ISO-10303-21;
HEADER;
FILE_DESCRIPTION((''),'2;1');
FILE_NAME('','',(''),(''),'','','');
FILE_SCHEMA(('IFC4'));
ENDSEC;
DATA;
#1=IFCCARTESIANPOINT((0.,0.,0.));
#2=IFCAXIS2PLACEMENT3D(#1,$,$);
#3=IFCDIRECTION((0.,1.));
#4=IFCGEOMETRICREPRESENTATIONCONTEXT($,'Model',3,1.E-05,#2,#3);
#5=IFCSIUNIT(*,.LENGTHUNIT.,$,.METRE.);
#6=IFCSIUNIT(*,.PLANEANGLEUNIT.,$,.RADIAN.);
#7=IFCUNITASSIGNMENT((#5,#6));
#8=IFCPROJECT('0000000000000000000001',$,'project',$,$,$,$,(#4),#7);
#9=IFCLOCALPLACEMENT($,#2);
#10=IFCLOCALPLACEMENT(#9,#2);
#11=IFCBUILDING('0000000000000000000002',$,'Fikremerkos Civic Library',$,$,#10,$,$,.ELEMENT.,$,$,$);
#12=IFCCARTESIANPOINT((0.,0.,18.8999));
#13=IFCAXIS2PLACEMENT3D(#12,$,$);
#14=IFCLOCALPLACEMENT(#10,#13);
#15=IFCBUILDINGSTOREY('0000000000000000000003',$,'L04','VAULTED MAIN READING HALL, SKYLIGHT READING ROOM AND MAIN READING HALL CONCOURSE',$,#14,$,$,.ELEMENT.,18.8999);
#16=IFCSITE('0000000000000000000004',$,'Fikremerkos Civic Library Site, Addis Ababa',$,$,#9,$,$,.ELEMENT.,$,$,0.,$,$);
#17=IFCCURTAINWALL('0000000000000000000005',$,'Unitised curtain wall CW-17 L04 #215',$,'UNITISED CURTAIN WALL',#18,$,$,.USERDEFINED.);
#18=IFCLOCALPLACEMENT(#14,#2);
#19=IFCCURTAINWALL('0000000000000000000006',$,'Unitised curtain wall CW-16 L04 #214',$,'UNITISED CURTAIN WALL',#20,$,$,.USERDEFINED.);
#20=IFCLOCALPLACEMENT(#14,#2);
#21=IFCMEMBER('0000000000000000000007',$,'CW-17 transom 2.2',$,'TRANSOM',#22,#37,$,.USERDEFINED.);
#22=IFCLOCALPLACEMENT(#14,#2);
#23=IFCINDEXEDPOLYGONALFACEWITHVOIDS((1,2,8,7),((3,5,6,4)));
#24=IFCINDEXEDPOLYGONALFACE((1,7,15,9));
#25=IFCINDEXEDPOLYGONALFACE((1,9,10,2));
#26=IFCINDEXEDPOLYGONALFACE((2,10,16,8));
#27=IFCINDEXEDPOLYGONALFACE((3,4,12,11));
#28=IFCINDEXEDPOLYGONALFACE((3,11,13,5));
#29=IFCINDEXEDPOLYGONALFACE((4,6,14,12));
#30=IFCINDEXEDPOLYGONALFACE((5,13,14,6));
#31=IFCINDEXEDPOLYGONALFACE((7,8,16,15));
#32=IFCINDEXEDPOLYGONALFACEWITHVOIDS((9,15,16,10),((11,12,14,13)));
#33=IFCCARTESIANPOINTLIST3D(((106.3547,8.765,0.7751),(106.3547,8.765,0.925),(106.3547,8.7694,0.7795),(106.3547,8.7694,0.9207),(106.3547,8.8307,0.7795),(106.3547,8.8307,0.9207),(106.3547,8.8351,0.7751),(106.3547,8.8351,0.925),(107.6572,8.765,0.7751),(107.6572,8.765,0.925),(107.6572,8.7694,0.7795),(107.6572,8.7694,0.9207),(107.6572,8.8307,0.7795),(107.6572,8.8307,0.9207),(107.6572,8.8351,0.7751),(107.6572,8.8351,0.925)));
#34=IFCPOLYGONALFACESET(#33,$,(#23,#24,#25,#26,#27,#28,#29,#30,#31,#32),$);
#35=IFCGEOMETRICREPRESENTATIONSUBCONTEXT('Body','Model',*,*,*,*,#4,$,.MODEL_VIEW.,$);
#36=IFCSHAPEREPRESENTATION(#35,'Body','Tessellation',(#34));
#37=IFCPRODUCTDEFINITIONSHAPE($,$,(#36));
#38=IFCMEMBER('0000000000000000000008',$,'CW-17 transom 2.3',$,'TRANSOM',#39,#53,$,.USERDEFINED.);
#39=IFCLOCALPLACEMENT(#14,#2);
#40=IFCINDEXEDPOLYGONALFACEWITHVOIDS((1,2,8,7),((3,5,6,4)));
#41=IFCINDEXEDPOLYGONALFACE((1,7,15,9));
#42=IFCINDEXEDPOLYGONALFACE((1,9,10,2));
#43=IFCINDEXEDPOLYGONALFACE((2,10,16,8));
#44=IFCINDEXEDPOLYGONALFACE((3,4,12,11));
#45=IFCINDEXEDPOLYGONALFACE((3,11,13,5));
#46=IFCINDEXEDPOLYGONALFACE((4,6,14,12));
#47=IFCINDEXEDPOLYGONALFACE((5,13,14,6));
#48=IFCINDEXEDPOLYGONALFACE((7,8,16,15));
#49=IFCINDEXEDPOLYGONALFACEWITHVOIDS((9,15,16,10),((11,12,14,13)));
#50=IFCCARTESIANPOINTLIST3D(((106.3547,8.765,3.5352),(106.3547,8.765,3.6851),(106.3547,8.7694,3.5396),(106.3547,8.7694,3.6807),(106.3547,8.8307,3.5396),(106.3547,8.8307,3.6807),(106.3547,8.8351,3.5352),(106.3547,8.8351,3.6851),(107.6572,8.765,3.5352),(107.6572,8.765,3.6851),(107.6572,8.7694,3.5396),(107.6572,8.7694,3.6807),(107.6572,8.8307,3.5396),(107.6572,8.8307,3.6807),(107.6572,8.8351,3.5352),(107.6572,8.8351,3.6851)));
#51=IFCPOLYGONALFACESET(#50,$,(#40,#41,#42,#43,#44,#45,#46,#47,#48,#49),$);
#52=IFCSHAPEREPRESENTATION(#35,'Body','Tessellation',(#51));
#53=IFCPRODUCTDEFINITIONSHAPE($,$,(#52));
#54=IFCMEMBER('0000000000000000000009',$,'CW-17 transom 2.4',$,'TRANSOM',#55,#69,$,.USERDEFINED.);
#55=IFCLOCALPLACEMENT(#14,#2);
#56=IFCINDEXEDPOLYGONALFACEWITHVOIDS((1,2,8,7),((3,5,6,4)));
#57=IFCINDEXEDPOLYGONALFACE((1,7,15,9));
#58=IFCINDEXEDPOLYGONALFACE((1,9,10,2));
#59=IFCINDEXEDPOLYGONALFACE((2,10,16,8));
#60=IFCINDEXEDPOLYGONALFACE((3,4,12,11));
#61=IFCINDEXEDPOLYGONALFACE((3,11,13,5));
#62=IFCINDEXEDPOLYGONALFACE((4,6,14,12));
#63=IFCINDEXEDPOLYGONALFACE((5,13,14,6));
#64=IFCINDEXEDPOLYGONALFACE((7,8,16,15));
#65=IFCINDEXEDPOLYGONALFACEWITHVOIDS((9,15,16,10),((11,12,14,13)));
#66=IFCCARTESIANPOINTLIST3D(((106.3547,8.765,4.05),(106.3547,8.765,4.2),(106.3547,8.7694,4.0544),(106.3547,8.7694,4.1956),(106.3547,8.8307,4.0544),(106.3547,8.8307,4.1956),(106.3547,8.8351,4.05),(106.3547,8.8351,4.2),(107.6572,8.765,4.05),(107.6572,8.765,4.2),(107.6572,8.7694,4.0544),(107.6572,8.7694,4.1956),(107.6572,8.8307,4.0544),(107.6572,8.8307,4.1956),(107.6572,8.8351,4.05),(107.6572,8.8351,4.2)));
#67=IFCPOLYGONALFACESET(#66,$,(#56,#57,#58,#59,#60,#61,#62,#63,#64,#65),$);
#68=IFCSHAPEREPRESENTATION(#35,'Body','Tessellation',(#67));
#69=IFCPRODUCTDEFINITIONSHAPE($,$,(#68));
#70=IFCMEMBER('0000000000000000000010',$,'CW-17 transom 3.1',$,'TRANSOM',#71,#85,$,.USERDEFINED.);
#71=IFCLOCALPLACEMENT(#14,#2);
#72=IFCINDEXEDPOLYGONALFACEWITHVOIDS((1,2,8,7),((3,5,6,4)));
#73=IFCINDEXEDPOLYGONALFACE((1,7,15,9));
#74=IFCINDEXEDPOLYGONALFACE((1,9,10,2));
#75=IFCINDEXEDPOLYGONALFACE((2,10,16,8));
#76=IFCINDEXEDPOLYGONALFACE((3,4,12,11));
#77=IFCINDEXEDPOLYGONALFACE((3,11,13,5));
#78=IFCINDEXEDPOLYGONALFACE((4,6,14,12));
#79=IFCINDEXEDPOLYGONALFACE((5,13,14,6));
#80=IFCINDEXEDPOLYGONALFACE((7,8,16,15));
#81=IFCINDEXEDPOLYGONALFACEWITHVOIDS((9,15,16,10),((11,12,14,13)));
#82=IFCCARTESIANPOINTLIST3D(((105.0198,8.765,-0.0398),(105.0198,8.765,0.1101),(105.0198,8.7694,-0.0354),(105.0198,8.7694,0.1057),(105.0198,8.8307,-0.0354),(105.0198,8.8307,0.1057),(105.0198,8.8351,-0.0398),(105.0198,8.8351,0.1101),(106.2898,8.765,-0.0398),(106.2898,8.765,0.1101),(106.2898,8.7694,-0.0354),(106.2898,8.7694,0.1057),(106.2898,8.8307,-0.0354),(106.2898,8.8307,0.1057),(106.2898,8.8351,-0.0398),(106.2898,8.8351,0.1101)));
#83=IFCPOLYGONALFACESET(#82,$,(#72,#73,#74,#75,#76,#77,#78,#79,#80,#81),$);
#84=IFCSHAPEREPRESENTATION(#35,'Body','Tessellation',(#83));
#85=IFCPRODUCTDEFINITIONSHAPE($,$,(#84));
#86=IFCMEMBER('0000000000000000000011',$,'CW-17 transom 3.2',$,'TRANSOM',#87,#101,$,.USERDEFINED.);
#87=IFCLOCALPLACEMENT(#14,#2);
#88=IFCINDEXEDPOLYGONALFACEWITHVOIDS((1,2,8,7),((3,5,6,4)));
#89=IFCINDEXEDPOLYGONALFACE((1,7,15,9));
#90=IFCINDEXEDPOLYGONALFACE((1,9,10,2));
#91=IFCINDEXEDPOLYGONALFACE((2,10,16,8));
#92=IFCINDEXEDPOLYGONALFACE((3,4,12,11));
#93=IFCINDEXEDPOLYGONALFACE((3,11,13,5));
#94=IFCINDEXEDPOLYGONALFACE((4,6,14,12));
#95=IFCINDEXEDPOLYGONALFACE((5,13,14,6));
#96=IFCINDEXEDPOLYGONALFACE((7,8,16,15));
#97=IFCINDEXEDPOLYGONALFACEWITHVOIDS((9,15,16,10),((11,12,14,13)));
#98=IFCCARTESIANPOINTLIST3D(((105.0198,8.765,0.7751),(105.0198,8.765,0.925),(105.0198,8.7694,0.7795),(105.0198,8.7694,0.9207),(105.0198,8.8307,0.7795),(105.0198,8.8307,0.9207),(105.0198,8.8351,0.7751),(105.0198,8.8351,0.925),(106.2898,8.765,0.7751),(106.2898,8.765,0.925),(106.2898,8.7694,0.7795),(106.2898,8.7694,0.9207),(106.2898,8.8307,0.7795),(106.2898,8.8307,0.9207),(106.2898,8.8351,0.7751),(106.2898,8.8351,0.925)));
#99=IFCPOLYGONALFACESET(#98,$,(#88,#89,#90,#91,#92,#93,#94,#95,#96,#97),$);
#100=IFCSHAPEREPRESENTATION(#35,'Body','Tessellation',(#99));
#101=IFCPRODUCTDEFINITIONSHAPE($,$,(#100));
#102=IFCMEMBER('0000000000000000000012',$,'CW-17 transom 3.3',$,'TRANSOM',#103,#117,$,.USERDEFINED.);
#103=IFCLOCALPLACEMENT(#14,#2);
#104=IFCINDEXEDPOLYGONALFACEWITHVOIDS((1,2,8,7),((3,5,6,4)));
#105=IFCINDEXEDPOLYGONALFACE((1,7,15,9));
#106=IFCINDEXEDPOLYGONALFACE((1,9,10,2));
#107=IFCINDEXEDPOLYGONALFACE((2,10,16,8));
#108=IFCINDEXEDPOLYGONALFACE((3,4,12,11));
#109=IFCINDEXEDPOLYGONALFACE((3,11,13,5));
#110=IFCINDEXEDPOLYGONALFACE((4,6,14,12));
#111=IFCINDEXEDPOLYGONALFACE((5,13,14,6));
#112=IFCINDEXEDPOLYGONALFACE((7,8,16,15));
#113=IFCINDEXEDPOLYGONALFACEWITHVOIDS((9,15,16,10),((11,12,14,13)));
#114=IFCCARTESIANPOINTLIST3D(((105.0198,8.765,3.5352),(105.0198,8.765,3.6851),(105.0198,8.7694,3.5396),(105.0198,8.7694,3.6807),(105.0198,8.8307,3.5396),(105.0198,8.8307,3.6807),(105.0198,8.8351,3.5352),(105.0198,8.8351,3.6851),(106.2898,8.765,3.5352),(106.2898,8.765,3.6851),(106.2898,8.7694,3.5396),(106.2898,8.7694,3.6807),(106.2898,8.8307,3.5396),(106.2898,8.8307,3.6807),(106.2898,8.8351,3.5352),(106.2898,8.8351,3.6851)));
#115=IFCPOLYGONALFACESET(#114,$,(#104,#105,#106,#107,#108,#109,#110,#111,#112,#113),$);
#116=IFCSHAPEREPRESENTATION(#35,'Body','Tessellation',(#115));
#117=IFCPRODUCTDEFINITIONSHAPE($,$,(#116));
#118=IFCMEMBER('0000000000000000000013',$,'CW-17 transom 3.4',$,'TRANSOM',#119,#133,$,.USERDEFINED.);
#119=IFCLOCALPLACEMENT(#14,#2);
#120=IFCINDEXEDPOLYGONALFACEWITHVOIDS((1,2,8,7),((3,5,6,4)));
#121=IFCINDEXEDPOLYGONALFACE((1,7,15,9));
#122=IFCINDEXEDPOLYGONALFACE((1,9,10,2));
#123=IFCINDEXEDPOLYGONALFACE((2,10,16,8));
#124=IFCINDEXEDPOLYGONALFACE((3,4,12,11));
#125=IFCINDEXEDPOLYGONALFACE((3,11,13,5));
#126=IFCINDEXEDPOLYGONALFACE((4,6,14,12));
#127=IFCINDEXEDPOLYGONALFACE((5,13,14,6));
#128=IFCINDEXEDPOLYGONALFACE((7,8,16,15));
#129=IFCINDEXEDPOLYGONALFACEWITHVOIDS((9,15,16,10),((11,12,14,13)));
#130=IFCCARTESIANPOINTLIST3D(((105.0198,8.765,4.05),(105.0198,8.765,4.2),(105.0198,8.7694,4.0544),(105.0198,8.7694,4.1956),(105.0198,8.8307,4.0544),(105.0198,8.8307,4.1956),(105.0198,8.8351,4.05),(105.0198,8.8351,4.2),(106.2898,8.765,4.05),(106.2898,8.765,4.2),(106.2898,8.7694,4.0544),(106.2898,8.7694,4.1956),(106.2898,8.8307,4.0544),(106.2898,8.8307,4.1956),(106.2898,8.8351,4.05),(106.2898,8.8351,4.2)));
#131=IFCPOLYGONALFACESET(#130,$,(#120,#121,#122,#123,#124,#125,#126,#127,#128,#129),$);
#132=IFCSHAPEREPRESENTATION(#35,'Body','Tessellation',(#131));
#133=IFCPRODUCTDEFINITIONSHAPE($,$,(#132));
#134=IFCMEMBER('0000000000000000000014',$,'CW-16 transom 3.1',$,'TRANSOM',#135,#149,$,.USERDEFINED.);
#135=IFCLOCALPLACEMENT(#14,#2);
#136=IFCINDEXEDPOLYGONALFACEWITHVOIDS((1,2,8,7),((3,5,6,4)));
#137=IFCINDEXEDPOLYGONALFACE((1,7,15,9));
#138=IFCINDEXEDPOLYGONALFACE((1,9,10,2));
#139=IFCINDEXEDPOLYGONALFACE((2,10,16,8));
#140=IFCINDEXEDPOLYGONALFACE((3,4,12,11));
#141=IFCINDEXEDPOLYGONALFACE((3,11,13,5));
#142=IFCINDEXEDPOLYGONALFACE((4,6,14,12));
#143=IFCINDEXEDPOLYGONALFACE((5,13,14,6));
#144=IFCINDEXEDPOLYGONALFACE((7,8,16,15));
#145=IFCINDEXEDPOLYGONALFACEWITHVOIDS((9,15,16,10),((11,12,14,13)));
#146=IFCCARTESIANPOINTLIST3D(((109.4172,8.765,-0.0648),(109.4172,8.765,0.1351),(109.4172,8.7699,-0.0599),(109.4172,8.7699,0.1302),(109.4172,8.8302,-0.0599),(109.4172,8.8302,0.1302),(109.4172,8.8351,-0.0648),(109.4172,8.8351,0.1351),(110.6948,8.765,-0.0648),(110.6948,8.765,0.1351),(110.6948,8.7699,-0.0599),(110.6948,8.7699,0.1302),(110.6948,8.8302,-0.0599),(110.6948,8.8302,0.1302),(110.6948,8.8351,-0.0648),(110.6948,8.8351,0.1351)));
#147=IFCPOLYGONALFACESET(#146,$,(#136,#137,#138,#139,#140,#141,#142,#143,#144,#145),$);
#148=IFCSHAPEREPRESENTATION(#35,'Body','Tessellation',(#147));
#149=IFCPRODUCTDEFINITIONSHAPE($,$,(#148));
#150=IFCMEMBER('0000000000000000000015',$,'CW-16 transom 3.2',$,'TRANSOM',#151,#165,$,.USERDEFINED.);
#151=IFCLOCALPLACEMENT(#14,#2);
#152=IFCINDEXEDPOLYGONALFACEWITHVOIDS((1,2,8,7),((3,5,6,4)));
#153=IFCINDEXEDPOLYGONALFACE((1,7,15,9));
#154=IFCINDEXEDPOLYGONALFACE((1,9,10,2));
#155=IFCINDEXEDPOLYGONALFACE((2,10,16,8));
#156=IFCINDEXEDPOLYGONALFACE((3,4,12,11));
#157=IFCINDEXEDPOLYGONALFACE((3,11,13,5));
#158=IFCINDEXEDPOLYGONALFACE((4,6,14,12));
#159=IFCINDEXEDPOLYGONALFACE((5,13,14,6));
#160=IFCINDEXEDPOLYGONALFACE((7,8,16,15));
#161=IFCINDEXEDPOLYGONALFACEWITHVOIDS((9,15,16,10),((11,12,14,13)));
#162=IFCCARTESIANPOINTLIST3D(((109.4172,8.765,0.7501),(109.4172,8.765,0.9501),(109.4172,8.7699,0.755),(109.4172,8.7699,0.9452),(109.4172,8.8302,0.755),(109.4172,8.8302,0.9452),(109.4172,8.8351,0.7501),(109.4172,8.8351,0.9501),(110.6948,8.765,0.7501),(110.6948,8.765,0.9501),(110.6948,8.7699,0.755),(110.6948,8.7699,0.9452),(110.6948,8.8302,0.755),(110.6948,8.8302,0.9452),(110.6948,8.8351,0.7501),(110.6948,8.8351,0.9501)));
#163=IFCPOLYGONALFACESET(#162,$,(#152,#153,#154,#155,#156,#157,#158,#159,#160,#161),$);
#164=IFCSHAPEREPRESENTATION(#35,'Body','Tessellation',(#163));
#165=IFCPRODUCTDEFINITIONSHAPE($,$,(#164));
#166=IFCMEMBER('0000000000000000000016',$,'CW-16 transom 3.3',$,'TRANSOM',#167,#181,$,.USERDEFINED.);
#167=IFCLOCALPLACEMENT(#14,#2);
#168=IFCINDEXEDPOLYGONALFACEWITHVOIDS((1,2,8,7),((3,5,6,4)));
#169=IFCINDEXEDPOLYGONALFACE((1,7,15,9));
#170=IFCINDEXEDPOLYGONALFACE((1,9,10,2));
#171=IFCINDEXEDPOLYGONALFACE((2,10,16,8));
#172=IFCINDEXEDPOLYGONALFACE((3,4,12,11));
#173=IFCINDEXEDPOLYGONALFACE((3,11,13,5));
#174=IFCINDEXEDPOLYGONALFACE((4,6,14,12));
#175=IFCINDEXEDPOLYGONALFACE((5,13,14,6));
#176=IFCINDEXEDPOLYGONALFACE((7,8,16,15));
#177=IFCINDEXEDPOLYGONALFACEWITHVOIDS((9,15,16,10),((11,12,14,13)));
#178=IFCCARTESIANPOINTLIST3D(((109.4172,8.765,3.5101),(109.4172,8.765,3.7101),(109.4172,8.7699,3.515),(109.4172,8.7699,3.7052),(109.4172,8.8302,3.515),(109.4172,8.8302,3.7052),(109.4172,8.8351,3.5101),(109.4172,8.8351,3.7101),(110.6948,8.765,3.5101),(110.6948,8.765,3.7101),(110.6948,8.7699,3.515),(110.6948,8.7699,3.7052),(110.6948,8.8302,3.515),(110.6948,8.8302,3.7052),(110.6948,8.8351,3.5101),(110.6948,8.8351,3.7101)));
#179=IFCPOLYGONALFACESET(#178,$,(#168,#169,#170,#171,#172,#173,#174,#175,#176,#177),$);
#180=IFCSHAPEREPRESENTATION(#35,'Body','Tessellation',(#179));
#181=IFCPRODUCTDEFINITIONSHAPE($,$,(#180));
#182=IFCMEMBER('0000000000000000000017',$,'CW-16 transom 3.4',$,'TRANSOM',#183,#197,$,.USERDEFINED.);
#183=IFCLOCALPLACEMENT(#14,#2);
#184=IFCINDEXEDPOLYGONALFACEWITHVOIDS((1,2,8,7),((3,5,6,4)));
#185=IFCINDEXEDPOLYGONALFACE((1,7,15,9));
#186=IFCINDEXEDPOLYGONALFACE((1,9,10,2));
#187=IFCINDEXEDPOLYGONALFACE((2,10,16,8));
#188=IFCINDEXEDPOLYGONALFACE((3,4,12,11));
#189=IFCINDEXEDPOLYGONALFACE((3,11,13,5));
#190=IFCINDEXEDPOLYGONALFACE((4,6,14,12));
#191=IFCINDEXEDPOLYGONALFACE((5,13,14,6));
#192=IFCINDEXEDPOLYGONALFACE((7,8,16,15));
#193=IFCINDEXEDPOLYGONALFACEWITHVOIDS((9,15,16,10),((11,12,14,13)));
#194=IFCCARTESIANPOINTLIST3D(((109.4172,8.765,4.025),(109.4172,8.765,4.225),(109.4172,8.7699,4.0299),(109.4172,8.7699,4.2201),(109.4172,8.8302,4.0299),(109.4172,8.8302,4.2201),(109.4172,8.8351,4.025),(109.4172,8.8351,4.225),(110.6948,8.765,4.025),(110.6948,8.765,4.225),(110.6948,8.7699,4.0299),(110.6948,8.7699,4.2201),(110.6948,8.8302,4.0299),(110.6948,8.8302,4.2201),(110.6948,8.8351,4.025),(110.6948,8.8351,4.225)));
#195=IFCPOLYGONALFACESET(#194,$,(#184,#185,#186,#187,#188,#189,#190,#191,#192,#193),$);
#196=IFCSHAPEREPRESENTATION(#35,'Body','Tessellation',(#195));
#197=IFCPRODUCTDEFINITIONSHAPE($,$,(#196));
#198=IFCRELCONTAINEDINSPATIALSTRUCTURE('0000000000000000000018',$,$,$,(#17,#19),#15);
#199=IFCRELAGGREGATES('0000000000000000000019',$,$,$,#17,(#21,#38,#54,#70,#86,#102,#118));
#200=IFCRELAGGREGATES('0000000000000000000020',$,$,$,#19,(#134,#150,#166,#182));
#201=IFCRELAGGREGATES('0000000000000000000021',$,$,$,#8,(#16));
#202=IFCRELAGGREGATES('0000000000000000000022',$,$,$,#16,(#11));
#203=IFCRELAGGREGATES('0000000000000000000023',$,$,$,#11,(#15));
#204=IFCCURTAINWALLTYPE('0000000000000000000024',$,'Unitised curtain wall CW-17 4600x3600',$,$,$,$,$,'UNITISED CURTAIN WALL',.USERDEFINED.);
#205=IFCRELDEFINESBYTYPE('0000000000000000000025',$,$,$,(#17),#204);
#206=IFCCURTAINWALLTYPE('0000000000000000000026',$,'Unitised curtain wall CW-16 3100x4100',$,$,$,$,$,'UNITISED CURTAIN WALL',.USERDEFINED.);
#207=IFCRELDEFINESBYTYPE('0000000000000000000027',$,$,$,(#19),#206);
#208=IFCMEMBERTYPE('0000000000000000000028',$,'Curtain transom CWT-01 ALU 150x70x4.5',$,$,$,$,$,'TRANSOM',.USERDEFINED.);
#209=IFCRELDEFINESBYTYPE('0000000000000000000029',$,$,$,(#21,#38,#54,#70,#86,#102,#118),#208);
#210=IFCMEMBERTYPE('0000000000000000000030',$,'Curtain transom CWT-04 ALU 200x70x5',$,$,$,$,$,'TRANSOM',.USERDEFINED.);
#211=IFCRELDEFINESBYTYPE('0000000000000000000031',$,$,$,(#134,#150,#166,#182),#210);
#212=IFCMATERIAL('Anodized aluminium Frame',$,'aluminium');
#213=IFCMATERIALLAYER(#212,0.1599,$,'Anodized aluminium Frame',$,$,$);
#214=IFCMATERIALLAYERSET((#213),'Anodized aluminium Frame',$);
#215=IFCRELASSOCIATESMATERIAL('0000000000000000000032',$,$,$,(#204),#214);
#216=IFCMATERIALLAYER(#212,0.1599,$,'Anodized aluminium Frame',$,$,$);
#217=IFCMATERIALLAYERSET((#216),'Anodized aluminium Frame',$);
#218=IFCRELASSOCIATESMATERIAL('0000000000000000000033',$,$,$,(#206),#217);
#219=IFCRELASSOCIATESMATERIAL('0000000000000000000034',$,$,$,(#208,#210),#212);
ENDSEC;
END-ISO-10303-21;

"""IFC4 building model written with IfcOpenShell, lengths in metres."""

from ifc_helpers import new_model, si_unit, direction, frame, origin, origin_2d, place, context, subcontext, project, spatial, hollow_rectangle, extrude, material, layer, layer_set, material_profile, profile_set, type_object, element, aggregate, save


model = new_model("IFC4")

# Units and contexts
model_context = context("Model", 3, precision=1e-05, world=origin(), true_north=direction((0.0, 1.0)))
body_context = subcontext(model_context, "Body", "Model", "MODEL_VIEW")
ifc_project = project(units=[si_unit("LENGTHUNIT", "METRE"), si_unit("PLANEANGLEUNIT", "RADIAN")], contexts=[model_context])

# Site, building, storey
site_placement = place(None, origin())
site = spatial("IfcSite", under=ifc_project, at=site_placement, Name="Fikremerkos Civic Library Site, Addis Ababa", CompositionType="ELEMENT", RefElevation=0.0)
building_placement = place(site_placement, origin())
building = spatial("IfcBuilding", under=site, at=building_placement, Name="Fikremerkos Civic Library", CompositionType="ELEMENT")
storey_placement = place(building_placement, frame((0.0, 0.0, 18.8999)))
storey = spatial("IfcBuildingStorey", under=building, at=storey_placement, Name="L04", Description="VAULTED MAIN READING HALL, SKYLIGHT READING ROOM AND MAIN READING HALL CONCOURSE", CompositionType="ELEMENT", Elevation=18.8999)

# Curtain walls
ifc_material_1 = material(Name="Anodized aluminium Frame", Category="aluminium")
ifc_layer_1 = layer(ifc_material_1, 0.1599, Name="Anodized aluminium Frame")
ifc_layer_set_1 = layer_set([ifc_layer_1], Name="Anodized aluminium Frame")
curtain_wall_type_1 = type_object("IfcCurtainWallType", Name="Unitised curtain wall CW-17 4600x3600", ElementType="UNITISED CURTAIN WALL", PredefinedType="USERDEFINED", material=ifc_layer_set_1)
curtain_wall_1_placement = place(storey_placement, origin())
curtain_wall_1 = element("IfcCurtainWall", 1, at=curtain_wall_1_placement, inside=storey, type_object=curtain_wall_type_1, Name="Unitised curtain wall CW-17 L04 #215", ObjectType="UNITISED CURTAIN WALL", PredefinedType="USERDEFINED")
ifc_layer_2 = layer(ifc_material_1, 0.1599, Name="Anodized aluminium Frame")
ifc_layer_set_2 = layer_set([ifc_layer_2], Name="Anodized aluminium Frame")
curtain_wall_type_2 = type_object("IfcCurtainWallType", Name="Unitised curtain wall CW-16 3100x4100", ElementType="UNITISED CURTAIN WALL", PredefinedType="USERDEFINED", material=ifc_layer_set_2)
curtain_wall_2_placement = place(storey_placement, origin())
curtain_wall_2 = element("IfcCurtainWall", 2, at=curtain_wall_2_placement, inside=storey, type_object=curtain_wall_type_2, Name="Unitised curtain wall CW-16 L04 #214", ObjectType="UNITISED CURTAIN WALL", PredefinedType="USERDEFINED")

# Members
ifc_material_profile_1 = material_profile(ifc_material_1, hollow_rectangle(XDim=0.0701, YDim=0.1499, WallThickness=0.0044, at=origin_2d()), Name="ALU 150x70x4.5")
ifc_profile_set_1 = profile_set([ifc_material_profile_1], Name="Anodized aluminium Frame")
member_type_1 = type_object("IfcMemberType", Name="Curtain transom CWT-01 ALU 150x70x4.5", ElementType="TRANSOM", PredefinedType="USERDEFINED", material=ifc_profile_set_1)
member_1_placement = place(storey_placement, frame((107.6572, 8.8, 0.8501), z_axis=(-1.0, 0.0, 0.0), x_axis=(0.0, -1.0, 0.0)))
member_1 = element("IfcMember", 3, at=member_1_placement, type_object=member_type_1, Name="CW-17 transom 2.2", ObjectType="TRANSOM", PredefinedType="USERDEFINED", context=body_context, shape_type="SweptSolid", body=[
    extrude(hollow_rectangle(XDim=0.0701, YDim=0.1499, WallThickness=0.0044, at=origin_2d()), origin(), (0.0, 0.0, 1.0), 1.3025),
])
member_2_placement = place(storey_placement, frame((107.6572, 8.8, 3.6101), z_axis=(-1.0, 0.0, 0.0), x_axis=(0.0, -1.0, 0.0)))
member_2 = element("IfcMember", 4, at=member_2_placement, type_object=member_type_1, Name="CW-17 transom 2.3", ObjectType="TRANSOM", PredefinedType="USERDEFINED", context=body_context, shape_type="SweptSolid", body=[
    extrude(hollow_rectangle(XDim=0.0701, YDim=0.1499, WallThickness=0.0044, at=origin_2d()), origin(), (0.0, 0.0, 1.0), 1.3025),
])
member_3_placement = place(storey_placement, frame((107.6572, 8.8, 4.125), z_axis=(-1.0, 0.0, 0.0), x_axis=(0.0, -1.0, 0.0)))
member_3 = element("IfcMember", 5, at=member_3_placement, type_object=member_type_1, Name="CW-17 transom 2.4", ObjectType="TRANSOM", PredefinedType="USERDEFINED", context=body_context, shape_type="SweptSolid", body=[
    extrude(hollow_rectangle(XDim=0.0701, YDim=0.1499, WallThickness=0.0044, at=origin_2d()), origin(), (0.0, 0.0, 1.0), 1.3025),
])
member_4_placement = place(storey_placement, frame((106.2898, 8.8, 0.0352), z_axis=(-1.0, 0.0, 0.0), x_axis=(0.0, -1.0, 0.0)))
member_4 = element("IfcMember", 6, at=member_4_placement, type_object=member_type_1, Name="CW-17 transom 3.1", ObjectType="TRANSOM", PredefinedType="USERDEFINED", context=body_context, shape_type="SweptSolid", body=[
    extrude(hollow_rectangle(XDim=0.0701, YDim=0.1499, WallThickness=0.0044, at=origin_2d()), origin(), (0.0, 0.0, 1.0), 1.27),
])
member_5_placement = place(storey_placement, frame((106.2898, 8.8, 0.8501), z_axis=(-1.0, 0.0, 0.0), x_axis=(0.0, -1.0, 0.0)))
member_5 = element("IfcMember", 7, at=member_5_placement, type_object=member_type_1, Name="CW-17 transom 3.2", ObjectType="TRANSOM", PredefinedType="USERDEFINED", context=body_context, shape_type="SweptSolid", body=[
    extrude(hollow_rectangle(XDim=0.0701, YDim=0.1499, WallThickness=0.0044, at=origin_2d()), origin(), (0.0, 0.0, 1.0), 1.27),
])
member_6_placement = place(storey_placement, frame((106.2898, 8.8, 3.6101), z_axis=(-1.0, 0.0, 0.0), x_axis=(0.0, -1.0, 0.0)))
member_6 = element("IfcMember", 8, at=member_6_placement, type_object=member_type_1, Name="CW-17 transom 3.3", ObjectType="TRANSOM", PredefinedType="USERDEFINED", context=body_context, shape_type="SweptSolid", body=[
    extrude(hollow_rectangle(XDim=0.0701, YDim=0.1499, WallThickness=0.0044, at=origin_2d()), origin(), (0.0, 0.0, 1.0), 1.27),
])
member_7_placement = place(storey_placement, frame((106.2898, 8.8, 4.125), z_axis=(-1.0, 0.0, 0.0), x_axis=(0.0, -1.0, 0.0)))
member_7 = element("IfcMember", 9, at=member_7_placement, type_object=member_type_1, Name="CW-17 transom 3.4", ObjectType="TRANSOM", PredefinedType="USERDEFINED", context=body_context, shape_type="SweptSolid", body=[
    extrude(hollow_rectangle(XDim=0.0701, YDim=0.1499, WallThickness=0.0044, at=origin_2d()), origin(), (0.0, 0.0, 1.0), 1.27),
])
ifc_material_profile_2 = material_profile(ifc_material_1, hollow_rectangle(XDim=0.0701, YDim=0.2, WallThickness=0.0049, at=origin_2d()), Name="ALU 200x70x5")
ifc_profile_set_2 = profile_set([ifc_material_profile_2], Name="Anodized aluminium Frame")
member_type_2 = type_object("IfcMemberType", Name="Curtain transom CWT-04 ALU 200x70x5", ElementType="TRANSOM", PredefinedType="USERDEFINED", material=ifc_profile_set_2)
member_8_placement = place(storey_placement, frame((110.6948, 8.8, 0.0352), z_axis=(-1.0, 0.0, 0.0), x_axis=(0.0, -1.0, 0.0)))
member_8 = element("IfcMember", 10, at=member_8_placement, type_object=member_type_2, Name="CW-16 transom 3.1", ObjectType="TRANSOM", PredefinedType="USERDEFINED", context=body_context, shape_type="SweptSolid", body=[
    extrude(hollow_rectangle(XDim=0.0701, YDim=0.2, WallThickness=0.0049, at=origin_2d()), origin(), (0.0, 0.0, 1.0), 1.2776),
])
member_9_placement = place(storey_placement, frame((110.6948, 8.8, 0.8501), z_axis=(-1.0, 0.0, 0.0), x_axis=(0.0, -1.0, 0.0)))
member_9 = element("IfcMember", 11, at=member_9_placement, type_object=member_type_2, Name="CW-16 transom 3.2", ObjectType="TRANSOM", PredefinedType="USERDEFINED", context=body_context, shape_type="SweptSolid", body=[
    extrude(hollow_rectangle(XDim=0.0701, YDim=0.2, WallThickness=0.0049, at=origin_2d()), origin(), (0.0, 0.0, 1.0), 1.2776),
])
member_10_placement = place(storey_placement, frame((110.6948, 8.8, 3.6101), z_axis=(-1.0, 0.0, 0.0), x_axis=(0.0, -1.0, 0.0)))
member_10 = element("IfcMember", 12, at=member_10_placement, type_object=member_type_2, Name="CW-16 transom 3.3", ObjectType="TRANSOM", PredefinedType="USERDEFINED", context=body_context, shape_type="SweptSolid", body=[
    extrude(hollow_rectangle(XDim=0.0701, YDim=0.2, WallThickness=0.0049, at=origin_2d()), origin(), (0.0, 0.0, 1.0), 1.2776),
])
member_11_placement = place(storey_placement, frame((110.6948, 8.8, 4.125), z_axis=(-1.0, 0.0, 0.0), x_axis=(0.0, -1.0, 0.0)))
member_11 = element("IfcMember", 13, at=member_11_placement, type_object=member_type_2, Name="CW-16 transom 3.4", ObjectType="TRANSOM", PredefinedType="USERDEFINED", context=body_context, shape_type="SweptSolid", body=[
    extrude(hollow_rectangle(XDim=0.0701, YDim=0.2, WallThickness=0.0049, at=origin_2d()), origin(), (0.0, 0.0, 1.0), 1.2776),
])

aggregate(curtain_wall_1, [member_1, member_2, member_3, member_4, member_5, member_6, member_7])
aggregate(curtain_wall_2, [member_8, member_9, member_10, member_11])

save(model, "model.ifc")
